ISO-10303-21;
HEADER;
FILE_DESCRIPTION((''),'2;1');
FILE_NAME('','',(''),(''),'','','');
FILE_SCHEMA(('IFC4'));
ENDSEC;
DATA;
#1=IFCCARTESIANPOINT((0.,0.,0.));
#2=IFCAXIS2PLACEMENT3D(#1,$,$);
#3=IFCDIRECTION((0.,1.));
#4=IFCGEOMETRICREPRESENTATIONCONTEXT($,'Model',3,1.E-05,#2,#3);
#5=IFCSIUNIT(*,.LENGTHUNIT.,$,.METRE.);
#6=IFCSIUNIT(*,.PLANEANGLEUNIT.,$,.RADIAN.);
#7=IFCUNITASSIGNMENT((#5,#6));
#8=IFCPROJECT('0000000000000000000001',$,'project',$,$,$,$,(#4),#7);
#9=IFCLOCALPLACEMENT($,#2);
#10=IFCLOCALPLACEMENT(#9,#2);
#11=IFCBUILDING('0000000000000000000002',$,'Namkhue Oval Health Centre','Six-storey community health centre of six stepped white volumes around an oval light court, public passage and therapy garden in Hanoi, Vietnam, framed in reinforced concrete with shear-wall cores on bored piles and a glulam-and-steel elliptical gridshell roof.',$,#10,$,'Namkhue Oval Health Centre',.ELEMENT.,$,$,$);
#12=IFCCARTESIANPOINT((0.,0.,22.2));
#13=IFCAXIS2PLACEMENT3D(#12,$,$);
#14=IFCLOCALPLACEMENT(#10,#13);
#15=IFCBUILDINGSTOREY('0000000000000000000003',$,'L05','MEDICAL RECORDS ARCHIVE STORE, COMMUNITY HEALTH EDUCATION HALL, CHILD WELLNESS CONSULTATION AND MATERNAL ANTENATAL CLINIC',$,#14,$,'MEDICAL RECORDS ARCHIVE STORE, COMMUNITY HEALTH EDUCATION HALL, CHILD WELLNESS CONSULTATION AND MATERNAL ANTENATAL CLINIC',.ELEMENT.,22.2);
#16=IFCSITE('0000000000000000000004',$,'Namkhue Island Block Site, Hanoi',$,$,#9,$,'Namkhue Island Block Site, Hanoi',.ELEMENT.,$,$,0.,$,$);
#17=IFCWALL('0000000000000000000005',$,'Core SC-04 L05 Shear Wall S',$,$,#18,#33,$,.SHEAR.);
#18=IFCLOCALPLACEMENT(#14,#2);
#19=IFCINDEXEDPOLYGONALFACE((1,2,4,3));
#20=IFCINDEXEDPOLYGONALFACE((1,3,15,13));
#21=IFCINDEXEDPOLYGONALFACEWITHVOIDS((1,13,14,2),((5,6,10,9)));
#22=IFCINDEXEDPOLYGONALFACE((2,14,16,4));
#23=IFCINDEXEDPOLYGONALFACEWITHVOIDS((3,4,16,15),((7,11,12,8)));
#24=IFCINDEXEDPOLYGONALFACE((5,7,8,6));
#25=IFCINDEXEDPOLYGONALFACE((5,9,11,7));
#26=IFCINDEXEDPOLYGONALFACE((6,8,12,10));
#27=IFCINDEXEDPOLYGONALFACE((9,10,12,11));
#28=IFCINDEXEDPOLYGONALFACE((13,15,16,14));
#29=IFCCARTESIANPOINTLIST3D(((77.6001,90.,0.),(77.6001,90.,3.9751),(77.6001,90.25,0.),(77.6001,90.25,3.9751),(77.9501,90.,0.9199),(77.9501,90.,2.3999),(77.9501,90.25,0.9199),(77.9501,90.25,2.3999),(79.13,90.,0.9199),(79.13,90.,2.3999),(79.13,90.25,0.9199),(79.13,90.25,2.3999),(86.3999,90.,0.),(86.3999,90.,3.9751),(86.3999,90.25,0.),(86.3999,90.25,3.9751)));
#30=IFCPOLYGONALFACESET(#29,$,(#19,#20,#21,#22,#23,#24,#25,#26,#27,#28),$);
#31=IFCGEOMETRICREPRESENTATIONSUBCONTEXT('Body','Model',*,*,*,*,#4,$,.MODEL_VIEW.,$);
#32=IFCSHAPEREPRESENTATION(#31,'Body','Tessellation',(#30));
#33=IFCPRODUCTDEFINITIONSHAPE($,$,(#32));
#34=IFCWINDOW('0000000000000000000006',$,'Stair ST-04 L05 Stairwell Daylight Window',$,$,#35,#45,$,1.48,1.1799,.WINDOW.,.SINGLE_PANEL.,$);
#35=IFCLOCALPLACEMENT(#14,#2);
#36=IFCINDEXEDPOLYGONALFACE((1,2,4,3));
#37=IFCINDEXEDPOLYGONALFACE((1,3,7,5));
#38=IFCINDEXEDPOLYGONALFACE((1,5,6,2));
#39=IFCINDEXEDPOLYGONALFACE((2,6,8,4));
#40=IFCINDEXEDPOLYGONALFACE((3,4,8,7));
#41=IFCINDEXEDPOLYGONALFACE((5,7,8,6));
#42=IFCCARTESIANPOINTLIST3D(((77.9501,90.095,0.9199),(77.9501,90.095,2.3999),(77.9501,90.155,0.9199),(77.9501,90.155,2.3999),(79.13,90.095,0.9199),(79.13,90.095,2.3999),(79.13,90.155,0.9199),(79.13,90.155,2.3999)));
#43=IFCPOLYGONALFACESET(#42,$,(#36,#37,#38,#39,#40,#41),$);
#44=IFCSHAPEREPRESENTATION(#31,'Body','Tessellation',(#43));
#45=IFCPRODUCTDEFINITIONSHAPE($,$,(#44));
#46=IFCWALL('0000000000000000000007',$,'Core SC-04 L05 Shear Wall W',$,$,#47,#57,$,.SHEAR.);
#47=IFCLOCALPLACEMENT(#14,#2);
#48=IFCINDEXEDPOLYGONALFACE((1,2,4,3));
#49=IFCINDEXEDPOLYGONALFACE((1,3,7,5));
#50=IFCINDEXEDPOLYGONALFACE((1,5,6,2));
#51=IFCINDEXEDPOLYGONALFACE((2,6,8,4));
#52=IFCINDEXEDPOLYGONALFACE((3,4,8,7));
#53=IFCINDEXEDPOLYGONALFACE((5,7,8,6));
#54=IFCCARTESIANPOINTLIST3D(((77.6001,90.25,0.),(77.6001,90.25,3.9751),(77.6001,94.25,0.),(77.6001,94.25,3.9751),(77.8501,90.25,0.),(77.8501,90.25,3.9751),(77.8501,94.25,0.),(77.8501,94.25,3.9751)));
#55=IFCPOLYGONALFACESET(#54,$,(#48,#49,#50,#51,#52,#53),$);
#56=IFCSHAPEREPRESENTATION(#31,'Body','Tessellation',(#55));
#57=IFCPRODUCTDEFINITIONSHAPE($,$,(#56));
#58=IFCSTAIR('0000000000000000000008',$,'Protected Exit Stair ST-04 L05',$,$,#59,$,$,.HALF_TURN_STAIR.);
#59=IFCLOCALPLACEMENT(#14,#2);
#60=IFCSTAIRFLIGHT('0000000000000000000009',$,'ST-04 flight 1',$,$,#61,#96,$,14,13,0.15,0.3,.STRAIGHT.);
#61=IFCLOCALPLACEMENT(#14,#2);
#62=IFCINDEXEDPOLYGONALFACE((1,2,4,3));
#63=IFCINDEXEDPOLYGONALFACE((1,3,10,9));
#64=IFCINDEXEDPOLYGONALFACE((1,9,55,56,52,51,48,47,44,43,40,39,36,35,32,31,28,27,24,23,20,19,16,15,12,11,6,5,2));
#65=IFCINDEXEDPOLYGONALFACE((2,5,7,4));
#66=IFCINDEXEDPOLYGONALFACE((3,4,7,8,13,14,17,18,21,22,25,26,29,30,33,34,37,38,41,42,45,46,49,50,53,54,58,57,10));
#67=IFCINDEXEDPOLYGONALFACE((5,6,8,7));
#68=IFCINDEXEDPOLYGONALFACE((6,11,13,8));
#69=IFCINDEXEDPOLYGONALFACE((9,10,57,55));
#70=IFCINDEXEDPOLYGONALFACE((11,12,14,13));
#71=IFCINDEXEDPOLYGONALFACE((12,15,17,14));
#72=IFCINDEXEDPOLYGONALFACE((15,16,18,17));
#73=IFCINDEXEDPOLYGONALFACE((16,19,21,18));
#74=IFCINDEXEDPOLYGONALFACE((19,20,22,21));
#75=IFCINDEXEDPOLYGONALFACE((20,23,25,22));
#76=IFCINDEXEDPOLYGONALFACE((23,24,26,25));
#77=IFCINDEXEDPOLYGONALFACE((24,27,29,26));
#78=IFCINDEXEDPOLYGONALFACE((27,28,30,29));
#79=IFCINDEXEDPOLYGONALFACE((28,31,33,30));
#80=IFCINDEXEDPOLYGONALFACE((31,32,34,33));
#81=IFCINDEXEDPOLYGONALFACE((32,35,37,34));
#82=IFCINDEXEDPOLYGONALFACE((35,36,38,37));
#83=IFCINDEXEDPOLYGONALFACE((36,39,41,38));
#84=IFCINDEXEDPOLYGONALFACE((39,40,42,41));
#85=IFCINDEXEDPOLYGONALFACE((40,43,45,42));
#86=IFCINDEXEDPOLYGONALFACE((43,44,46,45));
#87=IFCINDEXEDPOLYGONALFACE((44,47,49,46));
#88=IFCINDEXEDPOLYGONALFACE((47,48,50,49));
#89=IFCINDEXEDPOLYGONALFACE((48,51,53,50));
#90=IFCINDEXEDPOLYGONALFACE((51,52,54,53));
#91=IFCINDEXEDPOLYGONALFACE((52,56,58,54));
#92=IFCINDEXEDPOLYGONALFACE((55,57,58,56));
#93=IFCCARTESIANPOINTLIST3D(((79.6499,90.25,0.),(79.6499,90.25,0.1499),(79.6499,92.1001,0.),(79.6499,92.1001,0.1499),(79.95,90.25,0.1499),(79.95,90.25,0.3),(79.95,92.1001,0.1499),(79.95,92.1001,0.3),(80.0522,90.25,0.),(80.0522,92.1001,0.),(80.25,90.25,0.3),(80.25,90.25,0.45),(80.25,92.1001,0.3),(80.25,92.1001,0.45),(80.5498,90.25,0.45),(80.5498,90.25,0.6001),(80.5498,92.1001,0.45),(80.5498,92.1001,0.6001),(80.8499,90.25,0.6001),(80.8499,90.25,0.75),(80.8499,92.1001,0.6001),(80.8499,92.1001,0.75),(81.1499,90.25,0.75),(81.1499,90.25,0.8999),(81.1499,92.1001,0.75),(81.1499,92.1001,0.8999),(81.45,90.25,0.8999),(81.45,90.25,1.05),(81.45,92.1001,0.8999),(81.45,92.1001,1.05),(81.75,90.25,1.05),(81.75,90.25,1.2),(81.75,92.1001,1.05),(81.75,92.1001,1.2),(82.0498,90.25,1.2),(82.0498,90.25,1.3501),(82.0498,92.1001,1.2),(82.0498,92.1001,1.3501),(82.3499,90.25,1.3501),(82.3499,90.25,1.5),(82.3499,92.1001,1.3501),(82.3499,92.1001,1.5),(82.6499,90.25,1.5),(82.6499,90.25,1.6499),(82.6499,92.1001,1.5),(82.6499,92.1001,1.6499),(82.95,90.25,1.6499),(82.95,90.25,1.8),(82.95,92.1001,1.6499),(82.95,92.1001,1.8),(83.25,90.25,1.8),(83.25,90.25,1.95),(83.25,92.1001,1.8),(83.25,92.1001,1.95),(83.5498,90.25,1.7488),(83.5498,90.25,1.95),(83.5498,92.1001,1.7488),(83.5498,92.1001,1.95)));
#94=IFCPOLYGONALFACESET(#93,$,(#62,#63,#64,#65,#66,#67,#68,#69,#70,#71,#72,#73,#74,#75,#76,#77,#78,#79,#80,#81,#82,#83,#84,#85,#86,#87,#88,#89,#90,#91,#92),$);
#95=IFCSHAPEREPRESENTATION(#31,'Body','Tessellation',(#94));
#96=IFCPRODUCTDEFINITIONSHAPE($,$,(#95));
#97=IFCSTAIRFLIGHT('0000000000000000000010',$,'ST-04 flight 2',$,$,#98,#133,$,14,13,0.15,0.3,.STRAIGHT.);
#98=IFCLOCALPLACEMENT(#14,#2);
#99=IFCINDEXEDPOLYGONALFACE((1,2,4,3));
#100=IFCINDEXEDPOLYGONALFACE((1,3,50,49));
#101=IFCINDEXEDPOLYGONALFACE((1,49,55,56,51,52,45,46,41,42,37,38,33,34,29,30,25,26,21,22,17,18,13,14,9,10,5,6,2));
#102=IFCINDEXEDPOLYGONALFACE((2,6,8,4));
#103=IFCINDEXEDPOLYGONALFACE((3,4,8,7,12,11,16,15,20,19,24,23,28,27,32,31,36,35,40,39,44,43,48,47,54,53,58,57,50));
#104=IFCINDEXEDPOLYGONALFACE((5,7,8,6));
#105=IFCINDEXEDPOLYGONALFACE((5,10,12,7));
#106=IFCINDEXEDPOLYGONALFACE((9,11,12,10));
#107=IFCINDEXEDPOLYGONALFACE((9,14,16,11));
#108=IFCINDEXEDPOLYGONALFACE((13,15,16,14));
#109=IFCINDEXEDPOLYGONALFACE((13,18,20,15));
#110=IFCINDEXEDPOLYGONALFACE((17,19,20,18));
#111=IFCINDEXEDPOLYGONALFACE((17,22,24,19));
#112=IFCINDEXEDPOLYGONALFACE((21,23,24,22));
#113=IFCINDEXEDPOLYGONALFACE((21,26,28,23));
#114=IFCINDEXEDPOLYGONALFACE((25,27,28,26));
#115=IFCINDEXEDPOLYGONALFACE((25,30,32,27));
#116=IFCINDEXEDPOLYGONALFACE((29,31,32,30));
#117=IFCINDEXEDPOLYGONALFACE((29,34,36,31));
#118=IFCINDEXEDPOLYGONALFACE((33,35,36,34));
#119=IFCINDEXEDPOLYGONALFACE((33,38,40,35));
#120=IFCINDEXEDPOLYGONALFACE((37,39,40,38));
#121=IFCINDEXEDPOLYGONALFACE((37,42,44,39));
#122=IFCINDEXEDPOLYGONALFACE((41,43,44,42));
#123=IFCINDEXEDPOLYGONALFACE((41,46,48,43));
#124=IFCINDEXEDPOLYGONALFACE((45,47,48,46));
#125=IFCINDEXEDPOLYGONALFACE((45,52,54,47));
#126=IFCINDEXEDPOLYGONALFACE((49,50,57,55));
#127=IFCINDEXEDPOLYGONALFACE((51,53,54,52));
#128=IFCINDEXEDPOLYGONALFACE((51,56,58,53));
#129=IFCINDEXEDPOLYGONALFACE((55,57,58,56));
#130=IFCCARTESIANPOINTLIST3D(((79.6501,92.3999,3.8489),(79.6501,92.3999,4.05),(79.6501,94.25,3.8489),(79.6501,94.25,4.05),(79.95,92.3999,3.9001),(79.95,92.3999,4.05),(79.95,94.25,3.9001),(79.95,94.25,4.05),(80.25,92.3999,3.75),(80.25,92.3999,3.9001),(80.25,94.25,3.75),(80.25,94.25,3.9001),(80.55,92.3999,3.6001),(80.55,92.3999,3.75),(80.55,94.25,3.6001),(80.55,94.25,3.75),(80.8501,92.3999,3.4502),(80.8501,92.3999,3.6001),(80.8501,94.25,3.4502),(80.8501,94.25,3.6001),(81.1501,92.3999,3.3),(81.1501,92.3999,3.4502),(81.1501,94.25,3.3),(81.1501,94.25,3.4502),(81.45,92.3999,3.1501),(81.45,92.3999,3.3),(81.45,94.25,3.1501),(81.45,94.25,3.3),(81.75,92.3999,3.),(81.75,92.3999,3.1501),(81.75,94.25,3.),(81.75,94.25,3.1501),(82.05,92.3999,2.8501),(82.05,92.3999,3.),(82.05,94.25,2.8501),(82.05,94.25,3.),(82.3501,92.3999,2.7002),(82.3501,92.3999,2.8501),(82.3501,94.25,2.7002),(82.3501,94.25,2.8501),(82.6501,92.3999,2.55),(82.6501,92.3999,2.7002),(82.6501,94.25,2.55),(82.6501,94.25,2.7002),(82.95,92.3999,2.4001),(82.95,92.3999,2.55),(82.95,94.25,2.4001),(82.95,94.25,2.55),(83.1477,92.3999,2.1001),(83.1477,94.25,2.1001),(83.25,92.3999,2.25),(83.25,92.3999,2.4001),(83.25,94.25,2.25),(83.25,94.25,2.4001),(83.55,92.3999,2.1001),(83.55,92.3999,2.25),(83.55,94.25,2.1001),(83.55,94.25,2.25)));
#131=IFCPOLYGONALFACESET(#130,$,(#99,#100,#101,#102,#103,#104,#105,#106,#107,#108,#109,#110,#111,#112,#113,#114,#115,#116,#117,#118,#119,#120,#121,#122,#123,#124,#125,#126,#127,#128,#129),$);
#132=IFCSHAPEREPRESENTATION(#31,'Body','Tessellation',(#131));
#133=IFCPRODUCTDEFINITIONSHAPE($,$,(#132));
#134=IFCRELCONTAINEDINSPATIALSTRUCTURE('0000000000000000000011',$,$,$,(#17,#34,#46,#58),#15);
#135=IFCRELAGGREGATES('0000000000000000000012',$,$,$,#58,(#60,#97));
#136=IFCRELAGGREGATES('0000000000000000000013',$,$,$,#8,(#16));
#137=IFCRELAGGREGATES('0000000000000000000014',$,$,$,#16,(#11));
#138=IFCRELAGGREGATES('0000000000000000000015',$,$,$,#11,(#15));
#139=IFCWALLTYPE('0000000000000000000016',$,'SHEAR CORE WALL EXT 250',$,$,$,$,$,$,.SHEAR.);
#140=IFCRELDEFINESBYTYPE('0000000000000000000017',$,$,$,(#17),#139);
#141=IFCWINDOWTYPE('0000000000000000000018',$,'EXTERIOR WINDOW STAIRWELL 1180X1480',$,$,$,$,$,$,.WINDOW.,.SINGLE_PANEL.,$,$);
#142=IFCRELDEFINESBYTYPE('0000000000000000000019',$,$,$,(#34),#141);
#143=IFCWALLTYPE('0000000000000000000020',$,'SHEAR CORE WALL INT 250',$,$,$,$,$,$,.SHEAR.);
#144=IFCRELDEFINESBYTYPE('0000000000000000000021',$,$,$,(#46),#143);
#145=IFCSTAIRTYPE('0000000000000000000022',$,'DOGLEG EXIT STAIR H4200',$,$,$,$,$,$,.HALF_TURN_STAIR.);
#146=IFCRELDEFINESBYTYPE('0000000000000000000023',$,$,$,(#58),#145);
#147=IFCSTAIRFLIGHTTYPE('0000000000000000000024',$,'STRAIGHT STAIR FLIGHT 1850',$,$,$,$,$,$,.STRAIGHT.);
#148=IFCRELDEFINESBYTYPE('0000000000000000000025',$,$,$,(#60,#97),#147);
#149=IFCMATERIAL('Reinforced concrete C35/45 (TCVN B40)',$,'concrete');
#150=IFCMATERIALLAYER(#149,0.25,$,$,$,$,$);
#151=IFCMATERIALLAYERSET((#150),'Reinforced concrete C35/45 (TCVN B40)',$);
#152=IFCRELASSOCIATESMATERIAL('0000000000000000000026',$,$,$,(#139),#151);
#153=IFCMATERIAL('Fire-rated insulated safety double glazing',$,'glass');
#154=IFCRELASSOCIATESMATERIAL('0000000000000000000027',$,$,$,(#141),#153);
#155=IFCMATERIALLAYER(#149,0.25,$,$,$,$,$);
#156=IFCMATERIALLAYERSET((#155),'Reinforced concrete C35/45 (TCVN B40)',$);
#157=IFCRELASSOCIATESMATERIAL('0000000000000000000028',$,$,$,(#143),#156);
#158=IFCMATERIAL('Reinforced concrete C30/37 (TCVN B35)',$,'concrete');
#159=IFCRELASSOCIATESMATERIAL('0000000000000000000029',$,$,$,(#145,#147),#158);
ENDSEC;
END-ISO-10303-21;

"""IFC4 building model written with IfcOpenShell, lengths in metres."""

from ifc_helpers import new_model, si_unit, direction, frame, frame_2d, origin, place, context, subcontext, project, spatial, polyline, rectangle, outline, extrude, material, layer, layer_set, type_object, element, fill, aggregate, save


model = new_model("IFC4")

# Units and contexts
model_context = context("Model", 3, precision=1e-05, world=origin(), true_north=direction((0.0, 1.0)))
body_context = subcontext(model_context, "Body", "Model", "MODEL_VIEW")
ifc_project = project(units=[si_unit("LENGTHUNIT", "METRE"), si_unit("PLANEANGLEUNIT", "RADIAN")], contexts=[model_context])

# Site, building, storey
site_placement = place(None, origin())
site = spatial("IfcSite", under=ifc_project, at=site_placement, Name="Namkhue Island Block Site, Hanoi", LongName="Namkhue Island Block Site, Hanoi", CompositionType="ELEMENT", RefElevation=0.0)
building_placement = place(site_placement, origin())
building = spatial("IfcBuilding", under=site, at=building_placement, Name="Namkhue Oval Health Centre", Description="Six-storey community health centre of six stepped white volumes around an oval light court, public passage and therapy garden in Hanoi, Vietnam, framed in reinforced concrete with shear-wall cores on bored piles and a glulam-and-steel elliptical gridshell roof.", LongName="Namkhue Oval Health Centre", CompositionType="ELEMENT")
storey_placement = place(building_placement, frame((0.0, 0.0, 22.2)))
storey = spatial("IfcBuildingStorey", under=building, at=storey_placement, Name="L05", Description="MEDICAL RECORDS ARCHIVE STORE, COMMUNITY HEALTH EDUCATION HALL, CHILD WELLNESS CONSULTATION AND MATERNAL ANTENATAL CLINIC", LongName="MEDICAL RECORDS ARCHIVE STORE, COMMUNITY HEALTH EDUCATION HALL, CHILD WELLNESS CONSULTATION AND MATERNAL ANTENATAL CLINIC", CompositionType="ELEMENT", Elevation=22.2)

# Shared definitions
ifc_material_1 = material(Name="Reinforced concrete C35/45 (TCVN B40)", Category="concrete")

# Shared definitions
ifc_material_2 = material(Name="Reinforced concrete C30/37 (TCVN B35)", Category="concrete")

# Wall, opening, window
ifc_layer_1 = layer(ifc_material_1, 0.25)
ifc_layer_set_1 = layer_set([ifc_layer_1], Name="Reinforced concrete C35/45 (TCVN B40)")
wall_type_1 = type_object("IfcWallType", Name="SHEAR CORE WALL EXT 250", PredefinedType="SHEAR", material=ifc_layer_set_1)
wall_1_placement = place(storey_placement, frame((77.6001, 90.125, 0.0), z_axis=(0.0, 0.0, 1.0), x_axis=(1.0, 0.0, 0.0)))
wall_1 = element("IfcWall", 1, at=wall_1_placement, inside=storey, type_object=wall_type_1, Name="Core SC-04 L05 Shear Wall S", PredefinedType="SHEAR", context=body_context, shape_type="SweptSolid", body=[
    extrude(rectangle(XDim=8.7998, YDim=0.25, at=frame_2d((4.3999, 0.0))), origin(), (0.0, 0.0, 1.0), 3.9751),
])
opening_placement = place(wall_1_placement, frame((0.3501, 0.0, 0.9199)))
opening = element("IfcOpeningElement", 2, at=opening_placement, cuts=wall_1, PredefinedType="OPENING", context=body_context, shape_type="SweptSolid", body=[
    extrude(rectangle(XDim=1.1799, YDim=1.48, at=frame_2d((0.5898, 0.74))), frame((0.0, 0.135, 0.0), z_axis=(0.0, -1.0, 0.0), x_axis=(1.0, 0.0, 0.0)), (0.0, 0.0, 1.0), 0.27),
])
ifc_material_3 = material(Name="Fire-rated insulated safety double glazing", Category="glass")
window_type = type_object("IfcWindowType", Name="EXTERIOR WINDOW STAIRWELL 1180X1480", PartitioningType="SINGLE_PANEL", PredefinedType="WINDOW", material=ifc_material_3)
window_placement = place(opening_placement, origin())
window = element("IfcWindow", 3, at=window_placement, inside=storey, type_object=window_type, Name="Stair ST-04 L05 Stairwell Daylight Window", OverallHeight=1.48, OverallWidth=1.1799, PartitioningType="SINGLE_PANEL", PredefinedType="WINDOW", context=body_context, shape_type="SweptSolid", body=[
    extrude(rectangle(XDim=1.1799, YDim=1.48, at=frame_2d((0.5898, 0.74))), frame((0.0, 0.03, 0.0), z_axis=(0.0, -1.0, 0.0), x_axis=(1.0, 0.0, 0.0)), (0.0, 0.0, 1.0), 0.0601),
])
fill(opening, window)

# Wall
ifc_layer_2 = layer(ifc_material_1, 0.25)
ifc_layer_set_2 = layer_set([ifc_layer_2], Name="Reinforced concrete C35/45 (TCVN B40)")
wall_type_2 = type_object("IfcWallType", Name="SHEAR CORE WALL INT 250", PredefinedType="SHEAR", material=ifc_layer_set_2)
wall_2_placement = place(storey_placement, frame((77.7251, 94.25, 0.0), z_axis=(0.0, 0.0, 1.0), x_axis=(0.0, -1.0, 0.0)))
element("IfcWall", 4, at=wall_2_placement, inside=storey, type_object=wall_type_2, Name="Core SC-04 L05 Shear Wall W", PredefinedType="SHEAR", context=body_context, shape_type="SweptSolid", body=[
    extrude(rectangle(XDim=4.0, YDim=0.25, at=frame_2d((2.0, 0.0))), origin(), (0.0, 0.0, 1.0), 3.9751),
])

# Stair, stair flights
stair_type = type_object("IfcStairType", Name="DOGLEG EXIT STAIR H4200", PredefinedType="HALF_TURN_STAIR", material=ifc_material_2)
stair_placement = place(storey_placement, origin())
stair = element("IfcStair", 5, at=stair_placement, inside=storey, type_object=stair_type, Name="Protected Exit Stair ST-04 L05", PredefinedType="HALF_TURN_STAIR")
stair_flight_type = type_object("IfcStairFlightType", Name="STRAIGHT STAIR FLIGHT 1850", PredefinedType="STRAIGHT", material=ifc_material_2)
stair_flight_1_placement = place(storey_placement, frame((79.6499, 91.175, 0.0), z_axis=(0.0, 0.0, 1.0), x_axis=(1.0, 0.0, 0.0)))
stair_flight_1 = element("IfcStairFlight", 6, at=stair_flight_1_placement, type_object=stair_flight_type, Name="ST-04 flight 1", NumberOfRisers=14, NumberOfTreads=13, PredefinedType="STRAIGHT", RiserHeight=0.15, TreadLength=0.3, context=body_context, shape_type="SweptSolid", body=[
    extrude(outline(polyline([(0.0, 0.0), (0.0, 0.1499), (0.3, 0.1499), (0.3, 0.3), (0.6001, 0.3), (0.6001, 0.45), (0.8999, 0.45), (0.8999, 0.6001), (1.2, 0.6001), (1.2, 0.75), (1.5, 0.75), (1.5, 0.8999), (1.8, 0.8999), (1.8, 1.05), (2.1001, 1.05), (2.1001, 1.2), (2.3999, 1.2), (2.3999, 1.3501), (2.7, 1.3501), (2.7, 1.5), (3.0, 1.5), (3.0, 1.6499), (3.3, 1.6499), (3.3, 1.8), (3.6001, 1.8), (3.6001, 1.95), (3.8999, 1.95), (3.8999, 2.1001), (3.8999, 1.7488), (0.4023, 0.0), (0.0, 0.0)])), frame((0.0, 0.925, 0.0), z_axis=(0.0, -1.0, 0.0), x_axis=(1.0, 0.0, 0.0)), (0.0, 0.0, 1.0), 1.8501),
])
stair_flight_2_placement = place(storey_placement, frame((83.55, 93.325, 2.1001), z_axis=(0.0, 0.0, 1.0), x_axis=(-1.0, 0.0, 0.0)))
stair_flight_2 = element("IfcStairFlight", 7, at=stair_flight_2_placement, type_object=stair_flight_type, Name="ST-04 flight 2", NumberOfRisers=14, NumberOfTreads=13, PredefinedType="STRAIGHT", RiserHeight=0.15, TreadLength=0.3, context=body_context, shape_type="SweptSolid", body=[
    extrude(outline(polyline([(0.0, 0.0), (0.0, 0.1499), (0.3, 0.1499), (0.3, 0.3), (0.6001, 0.3), (0.6001, 0.45), (0.8999, 0.45), (0.8999, 0.6001), (1.2, 0.6001), (1.2, 0.75), (1.5, 0.75), (1.5, 0.8999), (1.8, 0.8999), (1.8, 1.05), (2.1001, 1.05), (2.1001, 1.2), (2.3999, 1.2), (2.3999, 1.3501), (2.7, 1.3501), (2.7, 1.5), (3.0, 1.5), (3.0, 1.6499), (3.3, 1.6499), (3.3, 1.8), (3.6001, 1.8), (3.6001, 1.95), (3.8999, 1.95), (3.8999, 2.1001), (3.8999, 1.7488), (0.4023, 0.0), (0.0, 0.0)])), frame((0.0, 0.925, 0.0), z_axis=(0.0, -1.0, 0.0), x_axis=(1.0, 0.0, 0.0)), (0.0, 0.0, 1.0), 1.8501),
])
aggregate(stair, [stair_flight_1, stair_flight_2])

save(model, "model.ifc")
